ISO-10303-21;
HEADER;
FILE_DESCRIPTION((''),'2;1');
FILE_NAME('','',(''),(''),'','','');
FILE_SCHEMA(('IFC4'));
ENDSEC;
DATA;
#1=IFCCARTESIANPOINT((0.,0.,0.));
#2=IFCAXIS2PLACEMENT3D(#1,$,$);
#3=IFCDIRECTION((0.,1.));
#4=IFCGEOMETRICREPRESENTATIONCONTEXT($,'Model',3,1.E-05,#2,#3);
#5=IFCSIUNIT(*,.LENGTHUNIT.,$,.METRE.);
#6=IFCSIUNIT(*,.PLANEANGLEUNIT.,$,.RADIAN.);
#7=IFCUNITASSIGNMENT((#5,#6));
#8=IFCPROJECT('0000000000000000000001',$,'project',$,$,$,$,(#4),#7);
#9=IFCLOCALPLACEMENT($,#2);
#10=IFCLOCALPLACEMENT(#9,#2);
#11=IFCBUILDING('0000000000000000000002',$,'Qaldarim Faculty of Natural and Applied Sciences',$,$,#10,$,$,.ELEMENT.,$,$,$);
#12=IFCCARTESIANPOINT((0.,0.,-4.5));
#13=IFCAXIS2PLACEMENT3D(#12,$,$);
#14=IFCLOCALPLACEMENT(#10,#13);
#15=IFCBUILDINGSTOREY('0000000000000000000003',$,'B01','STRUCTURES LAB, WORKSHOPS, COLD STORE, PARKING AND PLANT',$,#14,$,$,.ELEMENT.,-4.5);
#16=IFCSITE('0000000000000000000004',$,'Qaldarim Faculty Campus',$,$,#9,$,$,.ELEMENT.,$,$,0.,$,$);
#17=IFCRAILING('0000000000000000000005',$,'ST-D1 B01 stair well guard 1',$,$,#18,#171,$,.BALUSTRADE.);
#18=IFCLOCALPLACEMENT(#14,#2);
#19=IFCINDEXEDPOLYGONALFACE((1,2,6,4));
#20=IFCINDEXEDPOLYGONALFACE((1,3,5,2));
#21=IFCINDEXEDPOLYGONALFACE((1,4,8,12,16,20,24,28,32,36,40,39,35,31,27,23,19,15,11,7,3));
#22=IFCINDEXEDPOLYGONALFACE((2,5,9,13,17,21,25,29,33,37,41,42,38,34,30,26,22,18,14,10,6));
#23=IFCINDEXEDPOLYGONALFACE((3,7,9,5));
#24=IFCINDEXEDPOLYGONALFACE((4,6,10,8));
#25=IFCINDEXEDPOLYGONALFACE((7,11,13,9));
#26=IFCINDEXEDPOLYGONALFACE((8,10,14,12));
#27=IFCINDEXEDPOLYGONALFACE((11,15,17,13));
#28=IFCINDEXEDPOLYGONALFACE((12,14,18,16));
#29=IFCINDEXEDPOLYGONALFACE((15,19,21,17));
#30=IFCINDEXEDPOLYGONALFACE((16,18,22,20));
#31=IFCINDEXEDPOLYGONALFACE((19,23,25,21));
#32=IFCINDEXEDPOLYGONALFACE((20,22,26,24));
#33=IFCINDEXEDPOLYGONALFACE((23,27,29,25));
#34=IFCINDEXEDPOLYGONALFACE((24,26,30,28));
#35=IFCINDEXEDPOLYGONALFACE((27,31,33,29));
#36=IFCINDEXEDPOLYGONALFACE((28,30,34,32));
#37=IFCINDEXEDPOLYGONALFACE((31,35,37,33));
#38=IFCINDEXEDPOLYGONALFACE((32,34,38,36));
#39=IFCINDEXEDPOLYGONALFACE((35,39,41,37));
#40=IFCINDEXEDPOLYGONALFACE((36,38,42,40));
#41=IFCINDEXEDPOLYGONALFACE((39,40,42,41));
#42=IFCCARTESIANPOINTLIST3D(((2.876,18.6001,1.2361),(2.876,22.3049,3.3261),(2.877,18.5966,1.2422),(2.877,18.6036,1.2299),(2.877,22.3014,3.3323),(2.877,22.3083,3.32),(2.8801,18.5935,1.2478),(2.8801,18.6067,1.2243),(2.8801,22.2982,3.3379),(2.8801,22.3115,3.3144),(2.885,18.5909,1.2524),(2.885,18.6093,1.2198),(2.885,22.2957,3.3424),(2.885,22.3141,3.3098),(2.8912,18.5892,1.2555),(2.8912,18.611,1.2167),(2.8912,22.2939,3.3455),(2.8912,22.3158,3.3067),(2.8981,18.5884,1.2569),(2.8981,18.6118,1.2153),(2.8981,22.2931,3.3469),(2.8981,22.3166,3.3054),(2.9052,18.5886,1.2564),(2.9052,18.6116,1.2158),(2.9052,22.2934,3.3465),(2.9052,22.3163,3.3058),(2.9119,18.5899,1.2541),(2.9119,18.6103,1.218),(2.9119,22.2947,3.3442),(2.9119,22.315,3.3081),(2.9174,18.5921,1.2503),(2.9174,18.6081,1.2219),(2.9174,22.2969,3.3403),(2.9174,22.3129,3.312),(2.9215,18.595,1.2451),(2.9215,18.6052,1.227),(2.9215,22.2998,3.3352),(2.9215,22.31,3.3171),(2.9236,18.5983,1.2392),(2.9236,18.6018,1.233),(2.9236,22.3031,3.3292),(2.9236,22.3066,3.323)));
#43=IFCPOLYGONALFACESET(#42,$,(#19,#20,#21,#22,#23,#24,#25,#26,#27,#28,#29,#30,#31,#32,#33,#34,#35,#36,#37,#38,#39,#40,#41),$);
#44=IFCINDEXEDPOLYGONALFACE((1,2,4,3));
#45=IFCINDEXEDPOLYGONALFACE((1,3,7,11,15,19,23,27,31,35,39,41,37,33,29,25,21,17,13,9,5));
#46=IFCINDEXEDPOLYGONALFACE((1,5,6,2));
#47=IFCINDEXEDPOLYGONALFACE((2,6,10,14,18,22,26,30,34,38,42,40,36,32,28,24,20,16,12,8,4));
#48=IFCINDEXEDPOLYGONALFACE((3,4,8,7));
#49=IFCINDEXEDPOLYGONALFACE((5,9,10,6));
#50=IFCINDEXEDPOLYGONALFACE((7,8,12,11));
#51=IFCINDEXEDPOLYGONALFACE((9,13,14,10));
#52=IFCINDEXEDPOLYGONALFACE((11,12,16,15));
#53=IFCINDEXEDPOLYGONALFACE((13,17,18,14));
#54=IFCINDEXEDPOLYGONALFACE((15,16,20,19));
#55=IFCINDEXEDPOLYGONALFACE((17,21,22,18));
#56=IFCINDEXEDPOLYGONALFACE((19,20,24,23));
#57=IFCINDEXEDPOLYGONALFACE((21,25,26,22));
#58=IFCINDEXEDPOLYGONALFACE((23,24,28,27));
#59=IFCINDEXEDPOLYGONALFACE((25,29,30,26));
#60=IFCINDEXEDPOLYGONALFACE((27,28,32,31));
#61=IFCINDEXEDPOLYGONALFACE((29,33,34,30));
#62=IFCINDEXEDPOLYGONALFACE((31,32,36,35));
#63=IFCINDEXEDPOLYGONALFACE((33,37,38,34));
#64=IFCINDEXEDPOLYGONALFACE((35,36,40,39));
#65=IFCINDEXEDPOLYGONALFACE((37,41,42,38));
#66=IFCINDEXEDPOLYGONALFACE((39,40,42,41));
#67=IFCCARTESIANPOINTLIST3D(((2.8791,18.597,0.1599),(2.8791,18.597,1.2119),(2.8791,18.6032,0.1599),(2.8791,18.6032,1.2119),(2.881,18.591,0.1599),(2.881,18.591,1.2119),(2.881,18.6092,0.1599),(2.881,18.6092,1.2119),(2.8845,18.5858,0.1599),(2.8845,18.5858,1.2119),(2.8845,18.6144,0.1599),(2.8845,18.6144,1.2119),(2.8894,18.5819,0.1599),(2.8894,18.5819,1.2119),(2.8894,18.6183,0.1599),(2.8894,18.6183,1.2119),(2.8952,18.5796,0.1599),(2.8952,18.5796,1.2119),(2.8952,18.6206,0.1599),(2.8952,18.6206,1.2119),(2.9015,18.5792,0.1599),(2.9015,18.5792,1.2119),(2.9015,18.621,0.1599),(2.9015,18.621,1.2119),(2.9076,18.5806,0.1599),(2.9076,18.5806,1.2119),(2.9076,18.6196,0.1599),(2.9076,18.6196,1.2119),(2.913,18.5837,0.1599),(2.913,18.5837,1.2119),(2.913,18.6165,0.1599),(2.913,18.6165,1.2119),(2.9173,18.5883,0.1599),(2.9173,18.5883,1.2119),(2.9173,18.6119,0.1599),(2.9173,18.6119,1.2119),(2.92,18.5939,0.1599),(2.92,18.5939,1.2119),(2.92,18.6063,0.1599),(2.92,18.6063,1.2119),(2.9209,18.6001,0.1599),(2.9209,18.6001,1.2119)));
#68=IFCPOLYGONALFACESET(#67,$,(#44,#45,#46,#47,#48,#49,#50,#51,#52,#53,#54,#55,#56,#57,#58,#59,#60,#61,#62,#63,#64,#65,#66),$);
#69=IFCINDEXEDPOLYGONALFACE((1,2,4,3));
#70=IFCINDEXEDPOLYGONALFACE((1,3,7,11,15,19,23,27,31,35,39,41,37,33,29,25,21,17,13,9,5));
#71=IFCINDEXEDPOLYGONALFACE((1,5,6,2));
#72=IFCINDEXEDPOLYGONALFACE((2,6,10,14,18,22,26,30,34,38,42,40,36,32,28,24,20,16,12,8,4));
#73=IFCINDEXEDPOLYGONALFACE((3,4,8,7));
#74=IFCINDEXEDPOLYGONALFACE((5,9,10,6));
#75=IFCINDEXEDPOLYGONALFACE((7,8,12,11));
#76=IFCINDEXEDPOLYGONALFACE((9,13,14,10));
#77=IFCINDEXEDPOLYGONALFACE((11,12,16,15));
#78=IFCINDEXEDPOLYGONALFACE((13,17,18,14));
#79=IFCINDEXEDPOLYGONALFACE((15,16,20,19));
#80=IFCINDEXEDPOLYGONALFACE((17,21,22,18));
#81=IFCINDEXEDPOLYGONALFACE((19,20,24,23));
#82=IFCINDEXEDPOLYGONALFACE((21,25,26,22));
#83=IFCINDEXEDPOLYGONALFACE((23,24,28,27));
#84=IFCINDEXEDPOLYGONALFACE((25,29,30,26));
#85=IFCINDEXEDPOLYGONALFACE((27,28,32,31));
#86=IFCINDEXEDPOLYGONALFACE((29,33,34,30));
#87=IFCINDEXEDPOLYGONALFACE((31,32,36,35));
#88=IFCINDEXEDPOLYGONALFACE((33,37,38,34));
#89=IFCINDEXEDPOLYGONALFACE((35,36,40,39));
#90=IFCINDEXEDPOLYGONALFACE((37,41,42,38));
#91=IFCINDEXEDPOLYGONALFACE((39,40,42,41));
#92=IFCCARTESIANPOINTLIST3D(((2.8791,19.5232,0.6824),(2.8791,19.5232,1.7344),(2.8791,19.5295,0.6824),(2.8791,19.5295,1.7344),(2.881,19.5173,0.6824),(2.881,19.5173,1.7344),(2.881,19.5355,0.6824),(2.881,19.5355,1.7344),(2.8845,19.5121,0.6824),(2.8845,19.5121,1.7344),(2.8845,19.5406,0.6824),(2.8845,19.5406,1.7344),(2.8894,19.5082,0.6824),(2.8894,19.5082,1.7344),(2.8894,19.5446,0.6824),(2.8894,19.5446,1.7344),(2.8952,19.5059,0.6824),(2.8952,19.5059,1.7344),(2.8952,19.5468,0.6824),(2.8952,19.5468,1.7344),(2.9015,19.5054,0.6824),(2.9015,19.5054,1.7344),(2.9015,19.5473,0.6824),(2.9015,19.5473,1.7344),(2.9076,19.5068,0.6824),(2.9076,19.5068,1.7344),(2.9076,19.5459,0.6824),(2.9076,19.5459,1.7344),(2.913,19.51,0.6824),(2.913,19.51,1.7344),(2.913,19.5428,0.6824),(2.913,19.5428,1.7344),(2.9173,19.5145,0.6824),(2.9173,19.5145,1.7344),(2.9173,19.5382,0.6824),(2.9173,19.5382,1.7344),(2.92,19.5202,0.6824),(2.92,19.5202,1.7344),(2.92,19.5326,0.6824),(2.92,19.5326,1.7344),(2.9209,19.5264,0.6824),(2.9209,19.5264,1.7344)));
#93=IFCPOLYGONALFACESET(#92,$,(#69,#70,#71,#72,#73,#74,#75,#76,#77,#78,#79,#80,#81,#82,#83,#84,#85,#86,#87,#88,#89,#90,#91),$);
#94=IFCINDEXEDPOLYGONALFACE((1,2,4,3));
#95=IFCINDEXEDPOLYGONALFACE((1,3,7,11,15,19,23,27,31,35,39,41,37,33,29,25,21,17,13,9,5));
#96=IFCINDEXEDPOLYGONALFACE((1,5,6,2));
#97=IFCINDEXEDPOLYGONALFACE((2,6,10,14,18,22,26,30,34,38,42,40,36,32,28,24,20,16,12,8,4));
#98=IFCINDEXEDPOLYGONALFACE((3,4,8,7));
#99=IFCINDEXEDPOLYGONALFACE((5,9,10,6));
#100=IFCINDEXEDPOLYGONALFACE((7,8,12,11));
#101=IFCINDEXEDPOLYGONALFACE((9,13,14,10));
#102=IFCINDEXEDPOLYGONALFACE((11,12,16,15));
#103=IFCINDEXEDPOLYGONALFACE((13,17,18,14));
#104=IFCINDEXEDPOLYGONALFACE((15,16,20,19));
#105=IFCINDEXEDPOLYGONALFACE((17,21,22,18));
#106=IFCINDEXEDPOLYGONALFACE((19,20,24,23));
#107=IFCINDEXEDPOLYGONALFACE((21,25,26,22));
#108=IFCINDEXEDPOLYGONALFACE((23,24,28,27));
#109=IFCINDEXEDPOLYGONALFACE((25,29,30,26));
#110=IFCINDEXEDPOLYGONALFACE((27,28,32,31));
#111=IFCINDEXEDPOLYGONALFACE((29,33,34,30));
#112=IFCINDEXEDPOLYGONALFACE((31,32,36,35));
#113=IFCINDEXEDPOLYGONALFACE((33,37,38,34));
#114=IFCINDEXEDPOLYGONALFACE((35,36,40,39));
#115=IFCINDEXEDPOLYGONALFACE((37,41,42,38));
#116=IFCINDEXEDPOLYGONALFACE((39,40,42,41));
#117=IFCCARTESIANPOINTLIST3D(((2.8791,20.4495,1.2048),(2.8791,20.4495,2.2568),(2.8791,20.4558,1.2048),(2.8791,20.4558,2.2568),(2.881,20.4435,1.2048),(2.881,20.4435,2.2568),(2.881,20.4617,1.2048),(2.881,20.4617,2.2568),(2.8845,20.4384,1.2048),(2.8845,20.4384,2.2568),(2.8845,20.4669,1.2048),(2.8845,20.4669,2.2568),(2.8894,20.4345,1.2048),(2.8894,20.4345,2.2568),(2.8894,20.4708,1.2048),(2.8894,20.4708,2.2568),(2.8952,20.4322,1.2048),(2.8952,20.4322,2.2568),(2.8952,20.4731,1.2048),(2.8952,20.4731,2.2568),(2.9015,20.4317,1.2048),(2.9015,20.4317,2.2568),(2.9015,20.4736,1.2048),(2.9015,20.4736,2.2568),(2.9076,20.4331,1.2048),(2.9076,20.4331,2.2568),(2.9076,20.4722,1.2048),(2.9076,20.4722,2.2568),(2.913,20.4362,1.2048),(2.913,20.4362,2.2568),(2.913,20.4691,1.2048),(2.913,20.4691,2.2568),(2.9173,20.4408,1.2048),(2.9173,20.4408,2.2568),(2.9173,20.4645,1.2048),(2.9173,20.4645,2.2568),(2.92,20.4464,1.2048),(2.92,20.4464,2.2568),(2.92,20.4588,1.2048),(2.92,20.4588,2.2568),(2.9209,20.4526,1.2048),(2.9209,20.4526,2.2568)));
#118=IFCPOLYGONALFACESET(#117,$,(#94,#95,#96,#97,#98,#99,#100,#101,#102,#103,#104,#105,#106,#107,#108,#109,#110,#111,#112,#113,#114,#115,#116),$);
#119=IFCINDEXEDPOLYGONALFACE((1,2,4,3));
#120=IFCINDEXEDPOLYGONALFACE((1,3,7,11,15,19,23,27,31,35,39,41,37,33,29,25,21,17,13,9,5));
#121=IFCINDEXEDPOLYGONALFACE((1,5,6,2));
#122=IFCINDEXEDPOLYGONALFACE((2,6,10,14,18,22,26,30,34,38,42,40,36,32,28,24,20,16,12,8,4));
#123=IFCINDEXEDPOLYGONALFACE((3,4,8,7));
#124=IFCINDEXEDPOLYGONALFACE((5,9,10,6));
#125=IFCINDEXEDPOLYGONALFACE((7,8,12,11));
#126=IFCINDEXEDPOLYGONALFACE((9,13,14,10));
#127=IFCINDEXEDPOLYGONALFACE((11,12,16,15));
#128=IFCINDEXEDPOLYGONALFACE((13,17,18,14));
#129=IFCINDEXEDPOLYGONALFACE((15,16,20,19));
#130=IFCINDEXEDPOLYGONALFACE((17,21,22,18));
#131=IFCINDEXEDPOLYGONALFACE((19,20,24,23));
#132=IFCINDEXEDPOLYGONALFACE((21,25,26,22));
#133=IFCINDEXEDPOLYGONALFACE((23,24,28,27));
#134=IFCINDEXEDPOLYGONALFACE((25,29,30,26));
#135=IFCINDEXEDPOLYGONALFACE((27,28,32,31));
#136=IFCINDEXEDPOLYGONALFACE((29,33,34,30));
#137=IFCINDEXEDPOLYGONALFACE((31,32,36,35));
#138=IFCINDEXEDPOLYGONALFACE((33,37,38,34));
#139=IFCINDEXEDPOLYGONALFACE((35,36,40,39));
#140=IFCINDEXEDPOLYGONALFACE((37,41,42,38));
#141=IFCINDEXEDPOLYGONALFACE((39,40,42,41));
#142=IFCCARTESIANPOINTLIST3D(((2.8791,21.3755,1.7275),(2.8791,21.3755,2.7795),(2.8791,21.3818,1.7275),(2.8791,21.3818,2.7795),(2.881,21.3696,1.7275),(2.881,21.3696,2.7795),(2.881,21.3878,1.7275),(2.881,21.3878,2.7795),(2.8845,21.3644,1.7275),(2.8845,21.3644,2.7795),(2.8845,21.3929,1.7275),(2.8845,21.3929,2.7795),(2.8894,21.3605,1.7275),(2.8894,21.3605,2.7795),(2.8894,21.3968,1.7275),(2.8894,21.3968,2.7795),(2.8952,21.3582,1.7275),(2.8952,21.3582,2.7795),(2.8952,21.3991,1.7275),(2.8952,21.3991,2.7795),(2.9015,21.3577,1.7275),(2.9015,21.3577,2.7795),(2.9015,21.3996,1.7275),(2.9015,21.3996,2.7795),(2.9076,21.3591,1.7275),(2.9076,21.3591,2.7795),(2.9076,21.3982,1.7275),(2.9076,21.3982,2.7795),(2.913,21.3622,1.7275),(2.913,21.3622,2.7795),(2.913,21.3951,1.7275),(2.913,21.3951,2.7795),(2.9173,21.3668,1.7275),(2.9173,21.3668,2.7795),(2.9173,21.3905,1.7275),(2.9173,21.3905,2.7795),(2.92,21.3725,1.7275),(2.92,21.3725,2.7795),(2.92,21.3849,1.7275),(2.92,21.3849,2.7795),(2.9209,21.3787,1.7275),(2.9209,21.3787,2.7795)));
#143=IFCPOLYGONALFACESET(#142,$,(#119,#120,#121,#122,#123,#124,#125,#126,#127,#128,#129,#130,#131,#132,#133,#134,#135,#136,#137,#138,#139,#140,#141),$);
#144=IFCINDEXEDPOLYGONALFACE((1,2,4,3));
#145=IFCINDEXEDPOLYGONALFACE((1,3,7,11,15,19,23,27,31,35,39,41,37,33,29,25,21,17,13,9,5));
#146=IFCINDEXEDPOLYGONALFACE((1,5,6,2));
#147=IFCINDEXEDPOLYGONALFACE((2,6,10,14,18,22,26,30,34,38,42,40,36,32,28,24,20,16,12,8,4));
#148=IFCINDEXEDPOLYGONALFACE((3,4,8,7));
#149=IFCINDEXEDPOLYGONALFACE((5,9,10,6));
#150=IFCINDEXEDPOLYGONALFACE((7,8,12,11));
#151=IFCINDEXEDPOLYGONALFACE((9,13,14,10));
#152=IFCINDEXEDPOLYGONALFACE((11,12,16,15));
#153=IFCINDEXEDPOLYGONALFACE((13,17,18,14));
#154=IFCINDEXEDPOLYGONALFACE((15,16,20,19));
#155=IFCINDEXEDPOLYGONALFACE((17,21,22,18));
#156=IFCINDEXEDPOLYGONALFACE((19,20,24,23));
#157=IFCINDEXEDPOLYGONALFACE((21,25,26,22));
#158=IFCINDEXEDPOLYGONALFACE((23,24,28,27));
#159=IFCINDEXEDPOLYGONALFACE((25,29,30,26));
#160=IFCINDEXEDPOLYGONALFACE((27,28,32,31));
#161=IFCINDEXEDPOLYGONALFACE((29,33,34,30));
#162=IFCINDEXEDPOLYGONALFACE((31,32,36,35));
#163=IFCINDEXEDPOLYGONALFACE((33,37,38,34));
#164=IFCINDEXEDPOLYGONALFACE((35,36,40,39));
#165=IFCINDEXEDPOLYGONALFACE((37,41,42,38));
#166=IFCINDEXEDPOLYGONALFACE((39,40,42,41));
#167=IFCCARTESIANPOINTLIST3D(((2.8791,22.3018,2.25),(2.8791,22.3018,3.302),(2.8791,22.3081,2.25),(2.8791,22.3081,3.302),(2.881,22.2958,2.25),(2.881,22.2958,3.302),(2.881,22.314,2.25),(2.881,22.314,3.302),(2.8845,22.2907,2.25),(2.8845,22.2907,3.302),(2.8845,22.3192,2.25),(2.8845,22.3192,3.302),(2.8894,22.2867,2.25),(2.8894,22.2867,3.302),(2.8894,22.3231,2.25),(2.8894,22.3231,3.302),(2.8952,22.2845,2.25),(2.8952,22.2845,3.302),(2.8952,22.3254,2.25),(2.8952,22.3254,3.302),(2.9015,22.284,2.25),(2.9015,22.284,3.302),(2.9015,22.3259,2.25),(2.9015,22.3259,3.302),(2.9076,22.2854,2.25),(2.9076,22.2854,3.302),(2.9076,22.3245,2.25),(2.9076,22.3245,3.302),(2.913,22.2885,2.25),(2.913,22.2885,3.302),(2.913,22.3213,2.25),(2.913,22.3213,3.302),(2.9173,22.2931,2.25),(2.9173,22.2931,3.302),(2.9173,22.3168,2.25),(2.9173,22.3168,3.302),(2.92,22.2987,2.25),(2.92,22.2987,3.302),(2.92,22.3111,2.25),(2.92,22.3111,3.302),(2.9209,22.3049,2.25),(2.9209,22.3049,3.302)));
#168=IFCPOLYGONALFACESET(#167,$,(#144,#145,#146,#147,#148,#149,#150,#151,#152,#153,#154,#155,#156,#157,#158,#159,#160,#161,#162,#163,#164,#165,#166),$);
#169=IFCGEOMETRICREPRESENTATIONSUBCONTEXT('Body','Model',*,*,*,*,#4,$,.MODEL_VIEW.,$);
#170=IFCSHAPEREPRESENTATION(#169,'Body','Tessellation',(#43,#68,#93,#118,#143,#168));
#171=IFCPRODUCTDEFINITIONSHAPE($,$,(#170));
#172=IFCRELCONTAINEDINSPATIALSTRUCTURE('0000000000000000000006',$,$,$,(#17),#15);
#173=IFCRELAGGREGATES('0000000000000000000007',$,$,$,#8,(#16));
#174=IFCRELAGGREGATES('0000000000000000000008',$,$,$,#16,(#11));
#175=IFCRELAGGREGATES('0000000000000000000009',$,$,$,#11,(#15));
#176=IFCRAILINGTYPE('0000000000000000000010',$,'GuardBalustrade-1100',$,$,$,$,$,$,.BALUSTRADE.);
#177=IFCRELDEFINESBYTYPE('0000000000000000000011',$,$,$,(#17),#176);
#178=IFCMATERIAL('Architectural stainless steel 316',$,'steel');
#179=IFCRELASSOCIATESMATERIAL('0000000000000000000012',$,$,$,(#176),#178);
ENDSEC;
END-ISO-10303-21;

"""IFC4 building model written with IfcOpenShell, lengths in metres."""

from ifc_helpers import new_model, si_unit, direction, frame, origin, origin_2d, place, context, subcontext, project, spatial, circle, extrude, material, type_object, element, save


model = new_model("IFC4")

# Units and contexts
model_context = context("Model", 3, precision=1e-05, world=origin(), true_north=direction((0.0, 1.0)))
body_context = subcontext(model_context, "Body", "Model", "MODEL_VIEW")
ifc_project = project(units=[si_unit("LENGTHUNIT", "METRE"), si_unit("PLANEANGLEUNIT", "RADIAN")], contexts=[model_context])

# Site, building, storey
site_placement = place(None, origin())
site = spatial("IfcSite", under=ifc_project, at=site_placement, Name="Qaldarim Faculty Campus", CompositionType="ELEMENT", RefElevation=0.0)
building_placement = place(site_placement, origin())
building = spatial("IfcBuilding", under=site, at=building_placement, Name="Qaldarim Faculty of Natural and Applied Sciences", CompositionType="ELEMENT")
storey_placement = place(building_placement, frame((0.0, 0.0, -4.5)))
storey = spatial("IfcBuildingStorey", under=building, at=storey_placement, Name="B01", Description="STRUCTURES LAB, WORKSHOPS, COLD STORE, PARKING AND PLANT", CompositionType="ELEMENT", Elevation=-4.5)

# Railing
ifc_material_1 = material(Name="Architectural stainless steel 316", Category="steel")
railing_type_1 = type_object("IfcRailingType", Name="GuardBalustrade-1100", PredefinedType="BALUSTRADE", material=ifc_material_1)
railing_1_placement = place(storey_placement, frame((2.8999, 18.6001, 0.1599)))
element("IfcRailing", 1, at=railing_1_placement, inside=storey, type_object=railing_type_1, Name="ST-D1 B01 stair well guard 1", PredefinedType="BALUSTRADE", context=body_context, shape_type="SweptSolid", body=[
    extrude(circle(Radius=0.0239, at=origin_2d()), frame((0.0, 0.0, 1.0762), z_axis=(0.0, 0.87096, 0.491354), x_axis=(-1.0, 0.0, 0.0)), (0.0, 0.0, 1.0), 4.2537),
    extrude(circle(Radius=0.021, at=origin_2d()), origin(), (0.0, 0.0, 1.0), 1.052),
    extrude(circle(Radius=0.021, at=origin_2d()), frame((0.0, 0.9263, 0.5225)), (0.0, 0.0, 1.0), 1.052),
    extrude(circle(Radius=0.021, at=origin_2d()), frame((0.0, 1.8525, 1.0449)), (0.0, 0.0, 1.0), 1.052),
    extrude(circle(Radius=0.021, at=origin_2d()), frame((0.0, 2.7786, 1.5676)), (0.0, 0.0, 1.0), 1.052),
    extrude(circle(Radius=0.021, at=origin_2d()), frame((0.0, 3.7048, 2.0901)), (0.0, 0.0, 1.0), 1.052),
])

save(model, "model.ifc")
